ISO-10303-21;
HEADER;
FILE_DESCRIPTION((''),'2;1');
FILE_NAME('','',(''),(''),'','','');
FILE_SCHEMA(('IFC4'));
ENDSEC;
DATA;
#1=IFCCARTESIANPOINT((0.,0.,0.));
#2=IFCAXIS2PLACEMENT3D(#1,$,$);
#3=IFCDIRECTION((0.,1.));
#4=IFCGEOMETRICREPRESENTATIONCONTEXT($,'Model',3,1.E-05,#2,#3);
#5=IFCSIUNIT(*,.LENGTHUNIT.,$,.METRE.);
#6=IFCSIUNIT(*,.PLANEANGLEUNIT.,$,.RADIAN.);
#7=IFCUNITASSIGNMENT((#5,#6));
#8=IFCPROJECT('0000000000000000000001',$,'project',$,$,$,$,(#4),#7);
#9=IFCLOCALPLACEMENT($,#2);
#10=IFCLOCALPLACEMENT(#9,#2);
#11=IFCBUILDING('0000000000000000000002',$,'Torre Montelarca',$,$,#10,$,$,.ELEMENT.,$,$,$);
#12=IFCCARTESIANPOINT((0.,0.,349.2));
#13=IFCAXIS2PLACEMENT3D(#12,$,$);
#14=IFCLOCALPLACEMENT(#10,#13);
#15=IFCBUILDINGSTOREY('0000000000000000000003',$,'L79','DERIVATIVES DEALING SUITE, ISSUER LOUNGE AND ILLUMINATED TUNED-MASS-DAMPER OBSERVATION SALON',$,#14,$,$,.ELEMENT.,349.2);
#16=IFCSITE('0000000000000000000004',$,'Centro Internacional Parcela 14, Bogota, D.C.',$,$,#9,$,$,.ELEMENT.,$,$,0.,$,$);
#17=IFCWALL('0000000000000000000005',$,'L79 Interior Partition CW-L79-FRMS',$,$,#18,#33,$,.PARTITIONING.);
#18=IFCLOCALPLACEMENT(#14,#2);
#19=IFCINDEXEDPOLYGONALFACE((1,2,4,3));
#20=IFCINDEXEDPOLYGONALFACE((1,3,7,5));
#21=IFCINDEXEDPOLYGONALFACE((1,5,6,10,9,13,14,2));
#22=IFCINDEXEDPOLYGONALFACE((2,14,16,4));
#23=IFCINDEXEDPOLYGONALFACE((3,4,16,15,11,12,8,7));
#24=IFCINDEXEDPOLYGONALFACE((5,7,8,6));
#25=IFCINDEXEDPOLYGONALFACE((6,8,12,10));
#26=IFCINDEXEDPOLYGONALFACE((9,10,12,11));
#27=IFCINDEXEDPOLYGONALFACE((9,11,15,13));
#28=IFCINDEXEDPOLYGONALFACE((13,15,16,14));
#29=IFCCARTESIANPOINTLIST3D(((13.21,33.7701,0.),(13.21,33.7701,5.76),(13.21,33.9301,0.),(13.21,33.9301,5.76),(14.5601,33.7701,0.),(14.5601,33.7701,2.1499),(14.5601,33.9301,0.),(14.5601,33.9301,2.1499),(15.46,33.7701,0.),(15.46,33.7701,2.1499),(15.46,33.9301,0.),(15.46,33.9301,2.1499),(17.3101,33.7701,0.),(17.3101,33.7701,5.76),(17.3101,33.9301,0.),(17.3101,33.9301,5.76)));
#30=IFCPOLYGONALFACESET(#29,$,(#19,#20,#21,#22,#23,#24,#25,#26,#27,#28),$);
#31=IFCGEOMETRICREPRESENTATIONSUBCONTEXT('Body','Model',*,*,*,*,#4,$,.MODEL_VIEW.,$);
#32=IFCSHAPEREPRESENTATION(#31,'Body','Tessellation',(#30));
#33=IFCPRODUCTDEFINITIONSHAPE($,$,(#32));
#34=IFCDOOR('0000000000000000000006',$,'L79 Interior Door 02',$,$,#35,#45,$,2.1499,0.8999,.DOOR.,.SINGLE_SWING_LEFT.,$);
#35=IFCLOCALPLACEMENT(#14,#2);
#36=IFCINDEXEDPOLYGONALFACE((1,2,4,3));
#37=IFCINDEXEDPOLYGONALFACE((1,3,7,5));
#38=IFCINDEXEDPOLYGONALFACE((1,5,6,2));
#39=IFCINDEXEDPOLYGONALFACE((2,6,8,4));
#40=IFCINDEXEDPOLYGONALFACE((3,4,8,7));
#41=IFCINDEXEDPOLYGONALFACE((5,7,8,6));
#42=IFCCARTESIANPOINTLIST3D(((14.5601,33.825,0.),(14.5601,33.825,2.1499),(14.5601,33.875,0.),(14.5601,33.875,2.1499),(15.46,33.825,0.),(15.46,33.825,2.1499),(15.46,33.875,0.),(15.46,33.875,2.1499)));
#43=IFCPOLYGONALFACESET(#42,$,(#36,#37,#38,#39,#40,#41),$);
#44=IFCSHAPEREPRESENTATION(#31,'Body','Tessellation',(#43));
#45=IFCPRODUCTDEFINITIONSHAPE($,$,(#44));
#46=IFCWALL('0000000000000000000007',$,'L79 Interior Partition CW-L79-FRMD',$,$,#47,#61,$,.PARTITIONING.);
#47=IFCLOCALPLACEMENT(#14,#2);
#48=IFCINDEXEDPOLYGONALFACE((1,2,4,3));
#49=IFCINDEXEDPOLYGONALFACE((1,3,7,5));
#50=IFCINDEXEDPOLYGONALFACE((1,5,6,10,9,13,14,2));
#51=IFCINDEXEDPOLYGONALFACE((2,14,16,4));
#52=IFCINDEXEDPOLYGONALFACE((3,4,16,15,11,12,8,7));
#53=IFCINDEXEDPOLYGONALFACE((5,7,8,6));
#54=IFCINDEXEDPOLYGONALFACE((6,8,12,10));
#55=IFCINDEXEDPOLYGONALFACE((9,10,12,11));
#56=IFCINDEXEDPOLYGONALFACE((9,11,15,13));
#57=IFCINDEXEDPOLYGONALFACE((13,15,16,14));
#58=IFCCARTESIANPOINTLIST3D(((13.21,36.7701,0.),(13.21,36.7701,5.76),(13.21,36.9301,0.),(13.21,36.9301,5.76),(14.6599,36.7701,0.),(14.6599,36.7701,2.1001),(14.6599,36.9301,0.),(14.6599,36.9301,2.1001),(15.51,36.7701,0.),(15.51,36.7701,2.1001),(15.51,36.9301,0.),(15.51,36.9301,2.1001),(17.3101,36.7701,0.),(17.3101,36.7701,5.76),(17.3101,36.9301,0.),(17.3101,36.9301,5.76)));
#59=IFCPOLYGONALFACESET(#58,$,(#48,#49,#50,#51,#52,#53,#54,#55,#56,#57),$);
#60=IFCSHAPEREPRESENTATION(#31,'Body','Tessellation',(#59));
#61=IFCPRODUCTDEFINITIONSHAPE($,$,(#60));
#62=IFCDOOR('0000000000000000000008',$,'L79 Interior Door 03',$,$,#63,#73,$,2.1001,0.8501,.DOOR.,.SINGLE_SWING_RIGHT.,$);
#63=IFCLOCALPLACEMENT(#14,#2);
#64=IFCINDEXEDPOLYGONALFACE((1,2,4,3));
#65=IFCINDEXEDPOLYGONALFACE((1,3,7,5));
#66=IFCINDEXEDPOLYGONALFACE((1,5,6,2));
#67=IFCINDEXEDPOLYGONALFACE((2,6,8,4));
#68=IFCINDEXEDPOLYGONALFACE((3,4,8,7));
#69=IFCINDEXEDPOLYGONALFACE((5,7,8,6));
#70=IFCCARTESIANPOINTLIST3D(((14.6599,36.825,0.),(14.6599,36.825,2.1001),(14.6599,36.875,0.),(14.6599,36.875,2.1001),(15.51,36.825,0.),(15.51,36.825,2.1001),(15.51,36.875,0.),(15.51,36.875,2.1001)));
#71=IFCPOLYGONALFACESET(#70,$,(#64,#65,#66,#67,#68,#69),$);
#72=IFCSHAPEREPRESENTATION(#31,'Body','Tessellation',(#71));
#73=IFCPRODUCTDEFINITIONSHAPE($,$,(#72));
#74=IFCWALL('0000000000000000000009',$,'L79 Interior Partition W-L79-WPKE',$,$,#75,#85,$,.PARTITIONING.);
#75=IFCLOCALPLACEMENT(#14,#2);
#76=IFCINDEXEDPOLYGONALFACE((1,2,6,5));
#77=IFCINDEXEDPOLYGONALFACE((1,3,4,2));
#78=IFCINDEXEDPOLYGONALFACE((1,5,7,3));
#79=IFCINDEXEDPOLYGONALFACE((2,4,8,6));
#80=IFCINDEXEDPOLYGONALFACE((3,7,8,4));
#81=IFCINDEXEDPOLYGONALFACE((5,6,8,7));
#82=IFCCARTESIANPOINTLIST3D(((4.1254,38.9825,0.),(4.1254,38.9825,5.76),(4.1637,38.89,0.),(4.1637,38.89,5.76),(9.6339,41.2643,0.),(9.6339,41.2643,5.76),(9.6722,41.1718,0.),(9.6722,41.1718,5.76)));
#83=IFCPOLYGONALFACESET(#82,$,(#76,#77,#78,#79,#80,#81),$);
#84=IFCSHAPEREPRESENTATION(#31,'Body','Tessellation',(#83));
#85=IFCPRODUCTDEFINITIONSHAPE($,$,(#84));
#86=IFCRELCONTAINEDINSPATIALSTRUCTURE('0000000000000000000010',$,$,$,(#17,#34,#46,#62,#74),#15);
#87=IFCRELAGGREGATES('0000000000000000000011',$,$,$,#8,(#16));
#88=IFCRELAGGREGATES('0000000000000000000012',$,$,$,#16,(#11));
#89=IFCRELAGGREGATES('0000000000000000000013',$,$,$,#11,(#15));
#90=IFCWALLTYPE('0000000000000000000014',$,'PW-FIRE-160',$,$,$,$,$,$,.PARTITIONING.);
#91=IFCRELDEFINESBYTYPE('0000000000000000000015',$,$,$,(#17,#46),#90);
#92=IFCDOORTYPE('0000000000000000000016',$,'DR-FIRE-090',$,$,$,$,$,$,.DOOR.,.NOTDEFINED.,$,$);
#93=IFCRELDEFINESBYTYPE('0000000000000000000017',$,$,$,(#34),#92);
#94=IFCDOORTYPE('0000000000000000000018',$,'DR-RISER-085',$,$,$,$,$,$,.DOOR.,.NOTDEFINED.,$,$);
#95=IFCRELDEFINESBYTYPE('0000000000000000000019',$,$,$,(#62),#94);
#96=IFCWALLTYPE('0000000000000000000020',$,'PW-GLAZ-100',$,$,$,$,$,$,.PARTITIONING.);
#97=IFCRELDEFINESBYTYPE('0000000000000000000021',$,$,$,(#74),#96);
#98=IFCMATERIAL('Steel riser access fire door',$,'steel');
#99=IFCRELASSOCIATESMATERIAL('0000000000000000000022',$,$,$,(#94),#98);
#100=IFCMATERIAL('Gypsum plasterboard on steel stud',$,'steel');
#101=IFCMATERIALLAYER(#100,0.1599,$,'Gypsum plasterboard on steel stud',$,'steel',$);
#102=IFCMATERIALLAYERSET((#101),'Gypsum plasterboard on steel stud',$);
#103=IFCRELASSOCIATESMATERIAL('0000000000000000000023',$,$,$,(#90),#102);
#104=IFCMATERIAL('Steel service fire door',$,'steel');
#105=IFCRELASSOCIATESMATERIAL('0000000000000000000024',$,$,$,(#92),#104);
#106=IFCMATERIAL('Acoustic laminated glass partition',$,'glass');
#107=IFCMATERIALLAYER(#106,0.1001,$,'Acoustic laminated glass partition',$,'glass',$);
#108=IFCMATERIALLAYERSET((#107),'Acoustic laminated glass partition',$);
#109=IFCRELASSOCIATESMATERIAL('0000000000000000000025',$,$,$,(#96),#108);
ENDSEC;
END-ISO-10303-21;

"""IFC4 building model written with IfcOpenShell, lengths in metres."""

from ifc_helpers import new_model, si_unit, direction, frame, frame_2d, origin, place, context, subcontext, project, spatial, rectangle, extrude, source, transform, mapped, material, layer, layer_set, type_object, element, fill, save


model = new_model("IFC4")

# Units and contexts
model_context = context("Model", 3, precision=1e-05, world=origin(), true_north=direction((0.0, 1.0)))
body_context = subcontext(model_context, "Body", "Model", "MODEL_VIEW")
ifc_project = project(units=[si_unit("LENGTHUNIT", "METRE"), si_unit("PLANEANGLEUNIT", "RADIAN")], contexts=[model_context])

# Site, building, storey
site_placement = place(None, origin())
site = spatial("IfcSite", under=ifc_project, at=site_placement, Name="Centro Internacional Parcela 14, Bogota, D.C.", CompositionType="ELEMENT", RefElevation=0.0)
building_placement = place(site_placement, origin())
building = spatial("IfcBuilding", under=site, at=building_placement, Name="Torre Montelarca", CompositionType="ELEMENT")
storey_placement = place(building_placement, frame((0.0, 0.0, 349.2)))
storey = spatial("IfcBuildingStorey", under=building, at=storey_placement, Name="L79", Description="DERIVATIVES DEALING SUITE, ISSUER LOUNGE AND ILLUMINATED TUNED-MASS-DAMPER OBSERVATION SALON", CompositionType="ELEMENT", Elevation=349.2)

# Shared definitions
ifc_material_1 = material(Name="Steel riser access fire door", Category="steel")
door_type_1 = type_object("IfcDoorType", Name="DR-RISER-085", OperationType="NOTDEFINED", PredefinedType="DOOR", material=ifc_material_1)
shared_shape_1 = source(origin(), body_context, "Body", "SweptSolid", [
    extrude(rectangle(XDim=0.8501, YDim=2.1001, at=frame_2d((0.425, 1.05))), frame((0.0, 0.0249, 0.0), z_axis=(0.0, -1.0, 0.0), x_axis=(1.0, 0.0, 0.0)), (0.0, 0.0, 1.0), 0.05),
])

# Shared definitions
ifc_material_2 = material(Name="Gypsum plasterboard on steel stud", Category="steel")
ifc_layer_1 = layer(ifc_material_2, 0.1599, Name="Gypsum plasterboard on steel stud", Category="steel")
ifc_layer_set_1 = layer_set([ifc_layer_1], Name="Gypsum plasterboard on steel stud")
wall_type_1 = type_object("IfcWallType", Name="PW-FIRE-160", PredefinedType="PARTITIONING", material=ifc_layer_set_1)
ifc_material_3 = material(Name="Steel service fire door", Category="steel")
door_type_2 = type_object("IfcDoorType", Name="DR-FIRE-090", OperationType="NOTDEFINED", PredefinedType="DOOR", material=ifc_material_3)
shared_shape_2 = source(origin(), body_context, "Body", "SweptSolid", [
    extrude(rectangle(XDim=0.8999, YDim=2.1499, at=frame_2d((0.45, 1.075))), frame((0.0, 0.0249, 0.0), z_axis=(0.0, -1.0, 0.0), x_axis=(1.0, 0.0, 0.0)), (0.0, 0.0, 1.0), 0.05),
])

# Walls, openings, doors
wall_1_placement = place(storey_placement, frame((13.21, 33.8501, 0.0), z_axis=(0.0, 0.0, 1.0), x_axis=(1.0, 0.0, 0.0)))
wall_1 = element("IfcWall", 1, at=wall_1_placement, inside=storey, type_object=wall_type_1, Name="L79 Interior Partition CW-L79-FRMS", PredefinedType="PARTITIONING", context=body_context, shape_type="SweptSolid", body=[
    extrude(rectangle(XDim=4.1001, YDim=0.1599, at=frame_2d((2.05, 0.0))), origin(), (0.0, 0.0, 1.0), 5.76),
])
opening_1_placement = place(wall_1_placement, frame((1.3501, 0.0, 0.0)))
opening_1 = element("IfcOpeningElement", 2, at=opening_1_placement, cuts=wall_1, PredefinedType="OPENING", context=body_context, shape_type="SweptSolid", body=[
    extrude(rectangle(XDim=0.8999, YDim=2.1499, at=frame_2d((0.45, 1.075))), frame((0.0, 0.0898, 0.0), z_axis=(0.0, -1.0, 0.0), x_axis=(1.0, 0.0, 0.0)), (0.0, 0.0, 1.0), 0.1799),
])
door_1_placement = place(opening_1_placement, origin())
door_1 = element("IfcDoor", 3, at=door_1_placement, inside=storey, type_object=door_type_2, Name="L79 Interior Door 02", OperationType="SINGLE_SWING_LEFT", OverallHeight=2.1499, OverallWidth=0.8999, PredefinedType="DOOR", context=body_context, shape_type="MappedRepresentation", body=[
    mapped(shared_shape_2, transform((0.0, 0.0, 0.0), scale=1.0)),
])
fill(opening_1, door_1)
wall_2_placement = place(storey_placement, frame((13.21, 36.8501, 0.0), z_axis=(0.0, 0.0, 1.0), x_axis=(1.0, 0.0, 0.0)))
wall_2 = element("IfcWall", 4, at=wall_2_placement, inside=storey, type_object=wall_type_1, Name="L79 Interior Partition CW-L79-FRMD", PredefinedType="PARTITIONING", context=body_context, shape_type="SweptSolid", body=[
    extrude(rectangle(XDim=4.1001, YDim=0.1599, at=frame_2d((2.05, 0.0))), origin(), (0.0, 0.0, 1.0), 5.76),
])
opening_2_placement = place(wall_2_placement, frame((1.45, 0.0, 0.0)))
opening_2 = element("IfcOpeningElement", 5, at=opening_2_placement, cuts=wall_2, PredefinedType="OPENING", context=body_context, shape_type="SweptSolid", body=[
    extrude(rectangle(XDim=0.8501, YDim=2.1001, at=frame_2d((0.425, 1.05))), frame((0.0, 0.0898, 0.0), z_axis=(0.0, -1.0, 0.0), x_axis=(1.0, 0.0, 0.0)), (0.0, 0.0, 1.0), 0.1799),
])
door_2_placement = place(opening_2_placement, origin())
door_2 = element("IfcDoor", 6, at=door_2_placement, inside=storey, type_object=door_type_1, Name="L79 Interior Door 03", OperationType="SINGLE_SWING_RIGHT", OverallHeight=2.1001, OverallWidth=0.8501, PredefinedType="DOOR", context=body_context, shape_type="MappedRepresentation", body=[
    mapped(shared_shape_1, transform((0.0, 0.0, 0.0), scale=1.0)),
])
fill(opening_2, door_2)

# Wall
ifc_material_4 = material(Name="Acoustic laminated glass partition", Category="glass")
ifc_layer_2 = layer(ifc_material_4, 0.1001, Name="Acoustic laminated glass partition", Category="glass")
ifc_layer_set_2 = layer_set([ifc_layer_2], Name="Acoustic laminated glass partition")
wall_type_2 = type_object("IfcWallType", Name="PW-GLAZ-100", PredefinedType="PARTITIONING", material=ifc_layer_set_2)
wall_3_placement = place(storey_placement, frame((4.1445, 38.9363, 0.0), z_axis=(0.0, 0.0, 1.0), x_axis=(0.923878, 0.382687, 0.0)))
element("IfcWall", 7, at=wall_3_placement, inside=storey, type_object=wall_type_2, Name="L79 Interior Partition W-L79-WPKE", PredefinedType="PARTITIONING", context=body_context, shape_type="SweptSolid", body=[
    extrude(rectangle(XDim=5.9624, YDim=0.1001, at=frame_2d((2.9812, 0.0))), origin(), (0.0, 0.0, 1.0), 5.76),
])

save(model, "model.ifc")
